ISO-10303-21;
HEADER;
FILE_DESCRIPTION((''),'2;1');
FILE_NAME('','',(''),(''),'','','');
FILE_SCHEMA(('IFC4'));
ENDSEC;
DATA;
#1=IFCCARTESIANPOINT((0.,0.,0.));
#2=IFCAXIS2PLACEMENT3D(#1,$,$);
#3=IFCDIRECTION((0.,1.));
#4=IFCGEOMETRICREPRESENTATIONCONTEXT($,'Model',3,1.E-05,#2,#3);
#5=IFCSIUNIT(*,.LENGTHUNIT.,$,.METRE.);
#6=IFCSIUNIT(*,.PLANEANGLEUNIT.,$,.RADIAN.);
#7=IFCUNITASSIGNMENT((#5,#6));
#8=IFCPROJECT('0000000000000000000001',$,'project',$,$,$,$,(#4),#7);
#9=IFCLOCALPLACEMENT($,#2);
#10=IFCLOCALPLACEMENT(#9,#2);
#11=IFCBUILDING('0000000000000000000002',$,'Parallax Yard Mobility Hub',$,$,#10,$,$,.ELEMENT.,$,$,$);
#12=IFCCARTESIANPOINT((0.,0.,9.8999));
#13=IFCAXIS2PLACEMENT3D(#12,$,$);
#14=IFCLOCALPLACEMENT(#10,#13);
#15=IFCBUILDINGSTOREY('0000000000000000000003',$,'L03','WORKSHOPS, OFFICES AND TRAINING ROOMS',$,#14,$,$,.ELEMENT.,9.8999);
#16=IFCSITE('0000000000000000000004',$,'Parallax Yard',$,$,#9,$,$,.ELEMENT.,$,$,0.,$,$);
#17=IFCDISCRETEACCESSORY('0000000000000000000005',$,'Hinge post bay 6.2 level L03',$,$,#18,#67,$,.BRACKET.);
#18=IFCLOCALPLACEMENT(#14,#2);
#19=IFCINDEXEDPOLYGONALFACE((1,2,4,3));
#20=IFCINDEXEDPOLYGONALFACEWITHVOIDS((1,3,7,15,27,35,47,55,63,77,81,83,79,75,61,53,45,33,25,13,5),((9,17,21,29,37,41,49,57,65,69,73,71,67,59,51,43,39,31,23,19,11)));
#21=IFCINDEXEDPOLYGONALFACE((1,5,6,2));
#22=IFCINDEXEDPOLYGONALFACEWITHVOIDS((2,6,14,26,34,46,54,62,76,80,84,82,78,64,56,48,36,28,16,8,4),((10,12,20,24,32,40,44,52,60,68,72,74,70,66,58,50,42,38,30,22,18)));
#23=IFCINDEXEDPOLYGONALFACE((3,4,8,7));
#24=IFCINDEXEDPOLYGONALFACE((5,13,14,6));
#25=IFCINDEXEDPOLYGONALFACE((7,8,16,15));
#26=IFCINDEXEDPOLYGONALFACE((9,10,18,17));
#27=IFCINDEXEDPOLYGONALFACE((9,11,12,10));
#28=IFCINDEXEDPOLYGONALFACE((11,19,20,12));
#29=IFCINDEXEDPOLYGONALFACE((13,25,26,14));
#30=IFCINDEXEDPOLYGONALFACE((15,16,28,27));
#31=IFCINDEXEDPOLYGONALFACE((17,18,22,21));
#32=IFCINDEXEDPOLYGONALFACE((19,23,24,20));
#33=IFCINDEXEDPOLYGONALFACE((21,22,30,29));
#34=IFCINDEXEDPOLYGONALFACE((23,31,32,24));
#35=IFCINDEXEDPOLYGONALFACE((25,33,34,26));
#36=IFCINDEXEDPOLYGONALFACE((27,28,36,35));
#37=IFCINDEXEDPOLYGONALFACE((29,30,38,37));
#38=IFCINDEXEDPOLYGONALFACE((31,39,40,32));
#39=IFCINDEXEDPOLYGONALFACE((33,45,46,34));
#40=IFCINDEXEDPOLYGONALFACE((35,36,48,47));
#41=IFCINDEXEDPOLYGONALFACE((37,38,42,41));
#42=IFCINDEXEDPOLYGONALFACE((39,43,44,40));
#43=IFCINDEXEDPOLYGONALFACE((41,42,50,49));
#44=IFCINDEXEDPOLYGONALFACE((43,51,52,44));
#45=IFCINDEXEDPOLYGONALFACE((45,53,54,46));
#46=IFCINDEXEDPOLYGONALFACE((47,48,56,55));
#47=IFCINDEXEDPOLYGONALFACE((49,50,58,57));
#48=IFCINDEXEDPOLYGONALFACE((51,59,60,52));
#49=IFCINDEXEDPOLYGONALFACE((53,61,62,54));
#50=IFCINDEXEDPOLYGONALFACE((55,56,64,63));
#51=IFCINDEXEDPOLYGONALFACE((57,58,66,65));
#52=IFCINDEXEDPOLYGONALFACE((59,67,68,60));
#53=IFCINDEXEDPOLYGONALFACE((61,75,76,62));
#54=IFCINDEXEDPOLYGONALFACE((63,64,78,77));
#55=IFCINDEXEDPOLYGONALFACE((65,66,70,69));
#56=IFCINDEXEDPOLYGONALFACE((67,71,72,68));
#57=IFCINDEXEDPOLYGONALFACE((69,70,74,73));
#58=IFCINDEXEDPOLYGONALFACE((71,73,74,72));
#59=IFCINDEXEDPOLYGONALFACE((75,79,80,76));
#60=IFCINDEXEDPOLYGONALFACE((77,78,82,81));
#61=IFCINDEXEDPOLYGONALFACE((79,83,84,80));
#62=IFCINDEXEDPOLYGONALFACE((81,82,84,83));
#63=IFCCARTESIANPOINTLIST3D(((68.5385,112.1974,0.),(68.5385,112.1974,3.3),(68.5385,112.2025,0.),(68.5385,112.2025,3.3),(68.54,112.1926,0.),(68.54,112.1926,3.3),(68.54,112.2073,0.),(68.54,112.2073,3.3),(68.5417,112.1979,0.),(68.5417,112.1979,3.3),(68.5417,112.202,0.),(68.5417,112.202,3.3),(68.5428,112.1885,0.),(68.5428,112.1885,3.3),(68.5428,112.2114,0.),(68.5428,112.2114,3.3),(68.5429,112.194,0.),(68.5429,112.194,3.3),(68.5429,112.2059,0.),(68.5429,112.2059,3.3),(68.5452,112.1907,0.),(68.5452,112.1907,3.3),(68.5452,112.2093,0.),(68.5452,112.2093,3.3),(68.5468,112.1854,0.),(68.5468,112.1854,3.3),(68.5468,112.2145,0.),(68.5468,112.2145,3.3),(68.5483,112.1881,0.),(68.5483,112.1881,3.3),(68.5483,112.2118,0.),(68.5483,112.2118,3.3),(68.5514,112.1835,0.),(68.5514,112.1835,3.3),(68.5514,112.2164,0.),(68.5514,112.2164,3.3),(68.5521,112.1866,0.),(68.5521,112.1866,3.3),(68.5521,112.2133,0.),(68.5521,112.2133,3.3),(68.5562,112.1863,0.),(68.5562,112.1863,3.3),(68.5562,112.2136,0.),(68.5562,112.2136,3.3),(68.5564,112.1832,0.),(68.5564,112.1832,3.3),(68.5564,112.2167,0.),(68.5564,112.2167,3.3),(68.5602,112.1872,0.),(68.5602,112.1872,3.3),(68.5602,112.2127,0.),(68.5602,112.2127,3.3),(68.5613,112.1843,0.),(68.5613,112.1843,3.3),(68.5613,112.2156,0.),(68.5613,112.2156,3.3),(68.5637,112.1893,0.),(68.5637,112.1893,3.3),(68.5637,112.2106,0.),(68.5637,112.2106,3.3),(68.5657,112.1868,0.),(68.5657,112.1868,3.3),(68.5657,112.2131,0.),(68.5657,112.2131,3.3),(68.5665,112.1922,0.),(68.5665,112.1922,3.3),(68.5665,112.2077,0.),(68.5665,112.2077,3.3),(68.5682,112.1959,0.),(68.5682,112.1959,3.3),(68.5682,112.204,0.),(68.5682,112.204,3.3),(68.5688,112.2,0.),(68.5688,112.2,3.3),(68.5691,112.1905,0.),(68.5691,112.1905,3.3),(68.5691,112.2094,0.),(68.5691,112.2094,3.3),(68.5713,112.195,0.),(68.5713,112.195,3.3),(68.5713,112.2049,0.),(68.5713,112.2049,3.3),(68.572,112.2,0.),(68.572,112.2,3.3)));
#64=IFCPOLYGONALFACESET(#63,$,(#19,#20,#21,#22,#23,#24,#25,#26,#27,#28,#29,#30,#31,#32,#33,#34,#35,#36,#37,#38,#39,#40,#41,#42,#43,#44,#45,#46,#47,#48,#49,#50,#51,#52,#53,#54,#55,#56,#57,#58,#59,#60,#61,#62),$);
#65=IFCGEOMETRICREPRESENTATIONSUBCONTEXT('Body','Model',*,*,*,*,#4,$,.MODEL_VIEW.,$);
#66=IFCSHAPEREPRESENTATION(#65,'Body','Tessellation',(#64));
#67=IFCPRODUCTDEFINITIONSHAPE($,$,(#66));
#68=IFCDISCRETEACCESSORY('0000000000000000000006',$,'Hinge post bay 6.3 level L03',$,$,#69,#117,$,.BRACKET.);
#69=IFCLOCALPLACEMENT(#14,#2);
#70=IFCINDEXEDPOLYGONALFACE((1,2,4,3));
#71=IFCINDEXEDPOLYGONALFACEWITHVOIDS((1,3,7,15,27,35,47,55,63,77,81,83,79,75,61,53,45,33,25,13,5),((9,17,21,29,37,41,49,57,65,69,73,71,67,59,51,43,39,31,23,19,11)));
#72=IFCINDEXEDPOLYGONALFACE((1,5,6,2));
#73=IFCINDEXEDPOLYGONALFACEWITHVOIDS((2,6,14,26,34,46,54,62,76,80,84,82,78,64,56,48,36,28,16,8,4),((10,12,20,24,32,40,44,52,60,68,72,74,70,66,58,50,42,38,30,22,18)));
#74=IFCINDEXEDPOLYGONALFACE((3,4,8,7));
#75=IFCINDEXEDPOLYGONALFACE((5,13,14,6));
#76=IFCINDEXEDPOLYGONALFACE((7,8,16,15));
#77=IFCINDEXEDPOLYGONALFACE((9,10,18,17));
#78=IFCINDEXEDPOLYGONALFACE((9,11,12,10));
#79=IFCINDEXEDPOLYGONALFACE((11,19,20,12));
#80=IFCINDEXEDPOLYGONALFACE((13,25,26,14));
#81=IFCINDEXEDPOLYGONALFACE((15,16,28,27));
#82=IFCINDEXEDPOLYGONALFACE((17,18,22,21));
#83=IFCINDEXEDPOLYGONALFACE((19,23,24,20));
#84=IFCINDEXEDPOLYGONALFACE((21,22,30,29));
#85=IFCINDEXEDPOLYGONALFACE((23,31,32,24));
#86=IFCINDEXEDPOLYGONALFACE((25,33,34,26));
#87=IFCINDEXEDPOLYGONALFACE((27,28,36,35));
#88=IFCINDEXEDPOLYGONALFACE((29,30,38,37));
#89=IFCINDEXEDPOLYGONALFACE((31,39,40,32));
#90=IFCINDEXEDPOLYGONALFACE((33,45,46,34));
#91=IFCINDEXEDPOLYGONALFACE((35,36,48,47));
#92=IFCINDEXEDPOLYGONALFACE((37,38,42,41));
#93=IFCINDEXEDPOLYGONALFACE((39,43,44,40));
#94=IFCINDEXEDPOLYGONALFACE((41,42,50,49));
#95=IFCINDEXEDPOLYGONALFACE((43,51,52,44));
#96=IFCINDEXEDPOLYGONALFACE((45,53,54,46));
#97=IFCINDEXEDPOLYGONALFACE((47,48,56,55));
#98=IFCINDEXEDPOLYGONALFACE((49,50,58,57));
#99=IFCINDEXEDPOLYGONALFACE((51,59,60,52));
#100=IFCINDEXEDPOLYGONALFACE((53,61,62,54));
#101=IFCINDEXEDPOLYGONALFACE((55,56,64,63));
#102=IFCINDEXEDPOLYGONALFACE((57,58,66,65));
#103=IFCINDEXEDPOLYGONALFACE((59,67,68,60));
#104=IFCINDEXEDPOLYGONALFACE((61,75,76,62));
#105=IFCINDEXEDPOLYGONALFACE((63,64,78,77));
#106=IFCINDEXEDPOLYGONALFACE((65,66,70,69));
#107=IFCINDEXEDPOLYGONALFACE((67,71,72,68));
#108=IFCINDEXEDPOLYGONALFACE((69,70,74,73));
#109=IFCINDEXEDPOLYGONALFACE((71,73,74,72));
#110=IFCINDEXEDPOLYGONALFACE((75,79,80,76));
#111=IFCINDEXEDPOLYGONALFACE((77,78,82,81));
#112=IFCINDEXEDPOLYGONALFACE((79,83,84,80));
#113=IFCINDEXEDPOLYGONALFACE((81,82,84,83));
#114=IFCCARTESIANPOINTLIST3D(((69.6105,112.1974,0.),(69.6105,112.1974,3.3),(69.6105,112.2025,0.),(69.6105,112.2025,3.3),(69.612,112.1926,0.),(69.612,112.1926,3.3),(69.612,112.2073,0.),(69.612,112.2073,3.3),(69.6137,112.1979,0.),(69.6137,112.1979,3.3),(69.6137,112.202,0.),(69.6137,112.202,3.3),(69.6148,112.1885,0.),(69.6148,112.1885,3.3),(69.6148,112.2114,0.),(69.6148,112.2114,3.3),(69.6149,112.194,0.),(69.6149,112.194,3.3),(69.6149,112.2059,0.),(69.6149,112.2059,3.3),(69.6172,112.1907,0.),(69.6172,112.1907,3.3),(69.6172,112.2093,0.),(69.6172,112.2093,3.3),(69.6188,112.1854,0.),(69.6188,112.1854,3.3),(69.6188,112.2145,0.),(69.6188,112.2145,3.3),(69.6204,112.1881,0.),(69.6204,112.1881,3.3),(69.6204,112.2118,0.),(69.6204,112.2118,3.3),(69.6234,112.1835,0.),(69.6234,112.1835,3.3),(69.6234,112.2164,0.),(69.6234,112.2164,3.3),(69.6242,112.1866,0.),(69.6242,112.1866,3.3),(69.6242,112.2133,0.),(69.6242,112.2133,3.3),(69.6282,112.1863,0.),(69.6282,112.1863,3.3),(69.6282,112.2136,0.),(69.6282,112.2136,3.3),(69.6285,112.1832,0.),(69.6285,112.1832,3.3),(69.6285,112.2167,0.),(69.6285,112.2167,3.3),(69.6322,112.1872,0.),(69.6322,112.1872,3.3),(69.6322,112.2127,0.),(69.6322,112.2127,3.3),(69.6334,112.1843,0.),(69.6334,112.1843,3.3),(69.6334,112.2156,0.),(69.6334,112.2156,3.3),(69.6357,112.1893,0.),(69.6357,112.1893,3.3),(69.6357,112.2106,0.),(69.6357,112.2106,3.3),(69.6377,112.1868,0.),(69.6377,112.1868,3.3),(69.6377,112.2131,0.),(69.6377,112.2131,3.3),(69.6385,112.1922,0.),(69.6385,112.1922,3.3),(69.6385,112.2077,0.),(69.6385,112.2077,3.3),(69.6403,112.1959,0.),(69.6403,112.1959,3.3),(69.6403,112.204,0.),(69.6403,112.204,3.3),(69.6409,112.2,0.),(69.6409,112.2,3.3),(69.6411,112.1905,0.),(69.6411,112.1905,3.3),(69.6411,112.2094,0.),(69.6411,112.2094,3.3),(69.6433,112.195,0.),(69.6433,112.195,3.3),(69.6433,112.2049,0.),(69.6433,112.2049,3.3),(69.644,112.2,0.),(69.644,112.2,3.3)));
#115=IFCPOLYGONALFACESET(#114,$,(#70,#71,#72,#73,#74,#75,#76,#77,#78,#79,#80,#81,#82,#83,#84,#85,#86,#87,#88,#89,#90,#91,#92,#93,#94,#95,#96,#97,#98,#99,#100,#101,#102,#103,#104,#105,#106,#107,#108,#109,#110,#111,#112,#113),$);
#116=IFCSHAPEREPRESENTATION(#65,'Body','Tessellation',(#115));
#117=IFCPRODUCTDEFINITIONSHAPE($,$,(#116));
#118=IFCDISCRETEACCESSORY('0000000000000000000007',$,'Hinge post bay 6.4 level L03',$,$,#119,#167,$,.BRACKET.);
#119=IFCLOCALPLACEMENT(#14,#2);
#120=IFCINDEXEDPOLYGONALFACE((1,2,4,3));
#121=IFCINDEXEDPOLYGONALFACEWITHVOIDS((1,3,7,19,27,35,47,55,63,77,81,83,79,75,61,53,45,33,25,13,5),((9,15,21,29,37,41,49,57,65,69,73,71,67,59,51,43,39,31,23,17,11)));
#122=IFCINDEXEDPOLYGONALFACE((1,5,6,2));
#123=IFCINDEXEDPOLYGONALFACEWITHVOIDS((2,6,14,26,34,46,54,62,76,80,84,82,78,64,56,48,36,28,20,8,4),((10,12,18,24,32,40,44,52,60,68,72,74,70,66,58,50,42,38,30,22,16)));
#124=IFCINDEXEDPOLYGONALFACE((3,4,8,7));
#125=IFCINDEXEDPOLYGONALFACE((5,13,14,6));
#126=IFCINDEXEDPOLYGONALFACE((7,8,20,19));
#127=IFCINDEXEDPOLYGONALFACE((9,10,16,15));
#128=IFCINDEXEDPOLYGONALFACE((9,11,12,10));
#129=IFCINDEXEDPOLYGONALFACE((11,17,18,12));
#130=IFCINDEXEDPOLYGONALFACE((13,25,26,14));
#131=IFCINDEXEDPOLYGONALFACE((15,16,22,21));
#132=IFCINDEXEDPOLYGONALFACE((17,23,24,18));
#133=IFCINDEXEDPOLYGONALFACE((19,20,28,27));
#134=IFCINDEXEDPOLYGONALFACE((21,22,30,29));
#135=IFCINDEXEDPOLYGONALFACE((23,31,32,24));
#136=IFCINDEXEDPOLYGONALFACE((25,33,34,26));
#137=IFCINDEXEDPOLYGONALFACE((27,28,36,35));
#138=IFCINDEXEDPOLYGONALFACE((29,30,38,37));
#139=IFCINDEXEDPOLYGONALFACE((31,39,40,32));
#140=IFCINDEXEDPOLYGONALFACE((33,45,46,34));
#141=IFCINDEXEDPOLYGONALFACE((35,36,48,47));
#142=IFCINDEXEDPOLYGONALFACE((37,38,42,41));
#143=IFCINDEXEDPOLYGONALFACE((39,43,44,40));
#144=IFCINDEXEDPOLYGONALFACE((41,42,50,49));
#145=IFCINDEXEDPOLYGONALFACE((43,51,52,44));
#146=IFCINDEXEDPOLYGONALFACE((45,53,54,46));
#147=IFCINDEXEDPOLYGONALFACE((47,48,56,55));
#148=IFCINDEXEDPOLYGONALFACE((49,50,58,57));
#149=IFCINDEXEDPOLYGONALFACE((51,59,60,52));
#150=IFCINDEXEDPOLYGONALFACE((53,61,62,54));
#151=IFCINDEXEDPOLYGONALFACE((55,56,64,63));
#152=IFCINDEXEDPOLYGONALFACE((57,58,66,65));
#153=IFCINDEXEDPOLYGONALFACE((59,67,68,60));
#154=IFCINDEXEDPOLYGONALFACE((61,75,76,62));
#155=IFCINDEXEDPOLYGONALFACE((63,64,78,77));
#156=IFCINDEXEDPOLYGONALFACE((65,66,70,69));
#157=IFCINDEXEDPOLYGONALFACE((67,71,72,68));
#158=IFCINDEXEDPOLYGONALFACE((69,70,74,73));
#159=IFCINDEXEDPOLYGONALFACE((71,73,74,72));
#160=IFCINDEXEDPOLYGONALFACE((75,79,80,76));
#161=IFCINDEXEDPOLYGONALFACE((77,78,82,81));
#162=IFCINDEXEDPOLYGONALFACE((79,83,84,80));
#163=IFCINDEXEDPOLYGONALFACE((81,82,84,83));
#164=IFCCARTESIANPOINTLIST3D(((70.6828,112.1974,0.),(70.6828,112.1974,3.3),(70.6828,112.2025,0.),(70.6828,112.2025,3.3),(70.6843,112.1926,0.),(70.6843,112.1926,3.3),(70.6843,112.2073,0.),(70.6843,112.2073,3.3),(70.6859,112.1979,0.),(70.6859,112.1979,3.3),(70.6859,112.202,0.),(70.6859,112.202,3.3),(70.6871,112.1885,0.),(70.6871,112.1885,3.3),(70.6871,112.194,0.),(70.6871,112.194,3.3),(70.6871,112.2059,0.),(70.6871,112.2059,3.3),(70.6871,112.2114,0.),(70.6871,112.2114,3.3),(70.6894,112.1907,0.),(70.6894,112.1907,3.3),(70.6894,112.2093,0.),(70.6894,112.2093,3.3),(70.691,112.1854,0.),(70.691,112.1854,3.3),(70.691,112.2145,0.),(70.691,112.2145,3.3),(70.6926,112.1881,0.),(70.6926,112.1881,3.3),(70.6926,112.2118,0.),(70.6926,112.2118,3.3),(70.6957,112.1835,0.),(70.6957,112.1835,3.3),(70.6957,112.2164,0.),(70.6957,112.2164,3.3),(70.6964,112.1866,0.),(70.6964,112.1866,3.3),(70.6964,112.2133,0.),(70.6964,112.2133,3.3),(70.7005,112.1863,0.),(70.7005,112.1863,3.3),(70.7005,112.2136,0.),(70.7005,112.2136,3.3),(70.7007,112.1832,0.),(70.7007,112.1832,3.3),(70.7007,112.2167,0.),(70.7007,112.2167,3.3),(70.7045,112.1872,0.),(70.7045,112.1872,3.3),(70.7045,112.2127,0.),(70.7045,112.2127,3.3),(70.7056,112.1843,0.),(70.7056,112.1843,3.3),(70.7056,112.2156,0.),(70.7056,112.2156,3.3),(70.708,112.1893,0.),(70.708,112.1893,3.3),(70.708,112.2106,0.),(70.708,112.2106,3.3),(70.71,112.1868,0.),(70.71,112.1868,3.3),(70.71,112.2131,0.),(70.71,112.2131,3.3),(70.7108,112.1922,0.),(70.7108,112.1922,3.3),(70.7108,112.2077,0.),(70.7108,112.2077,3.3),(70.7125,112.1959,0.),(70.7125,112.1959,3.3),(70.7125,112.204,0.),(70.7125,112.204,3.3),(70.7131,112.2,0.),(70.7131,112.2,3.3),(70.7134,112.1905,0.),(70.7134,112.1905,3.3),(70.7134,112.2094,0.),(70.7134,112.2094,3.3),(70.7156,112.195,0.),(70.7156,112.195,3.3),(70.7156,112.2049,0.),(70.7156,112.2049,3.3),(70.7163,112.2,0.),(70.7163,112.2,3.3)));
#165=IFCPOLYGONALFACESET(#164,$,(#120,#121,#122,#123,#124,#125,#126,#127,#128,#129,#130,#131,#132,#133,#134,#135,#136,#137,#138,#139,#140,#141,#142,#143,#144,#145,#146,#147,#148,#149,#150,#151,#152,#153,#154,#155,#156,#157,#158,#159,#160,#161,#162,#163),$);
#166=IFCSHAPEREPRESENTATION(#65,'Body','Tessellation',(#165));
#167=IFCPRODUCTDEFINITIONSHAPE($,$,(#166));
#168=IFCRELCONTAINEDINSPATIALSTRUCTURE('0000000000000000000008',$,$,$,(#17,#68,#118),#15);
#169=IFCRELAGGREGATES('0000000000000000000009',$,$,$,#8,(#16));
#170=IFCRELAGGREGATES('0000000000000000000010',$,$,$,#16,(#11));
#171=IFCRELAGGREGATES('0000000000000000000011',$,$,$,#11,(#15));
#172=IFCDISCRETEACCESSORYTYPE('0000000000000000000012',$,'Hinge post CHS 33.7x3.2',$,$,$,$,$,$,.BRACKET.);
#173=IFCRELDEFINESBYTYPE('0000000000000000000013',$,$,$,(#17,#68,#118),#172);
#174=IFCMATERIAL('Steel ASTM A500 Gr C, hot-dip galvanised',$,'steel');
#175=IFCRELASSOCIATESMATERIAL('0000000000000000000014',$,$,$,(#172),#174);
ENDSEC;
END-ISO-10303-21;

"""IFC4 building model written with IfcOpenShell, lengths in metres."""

from ifc_helpers import new_model, si_unit, direction, frame, origin, origin_2d, place, context, subcontext, project, spatial, hollow_circle, extrude, material, material_profile, profile_set, type_object, element, save


model = new_model("IFC4")

# Units and contexts
model_context = context("Model", 3, precision=1e-05, world=origin(), true_north=direction((0.0, 1.0)))
body_context = subcontext(model_context, "Body", "Model", "MODEL_VIEW")
ifc_project = project(units=[si_unit("LENGTHUNIT", "METRE"), si_unit("PLANEANGLEUNIT", "RADIAN")], contexts=[model_context])

# Site, building, storey
site_placement = place(None, origin())
site = spatial("IfcSite", under=ifc_project, at=site_placement, Name="Parallax Yard", CompositionType="ELEMENT", RefElevation=0.0)
building_placement = place(site_placement, origin())
building = spatial("IfcBuilding", under=site, at=building_placement, Name="Parallax Yard Mobility Hub", CompositionType="ELEMENT")
storey_placement = place(building_placement, frame((0.0, 0.0, 9.8999)))
storey = spatial("IfcBuildingStorey", under=building, at=storey_placement, Name="L03", Description="WORKSHOPS, OFFICES AND TRAINING ROOMS", CompositionType="ELEMENT", Elevation=9.8999)

# Discrete accessories
ifc_material_1 = material(Name="Steel ASTM A500 Gr C, hot-dip galvanised", Category="steel")
ifc_material_profile = material_profile(ifc_material_1, hollow_circle(Radius=0.0168, WallThickness=0.0032, at=origin_2d()), Name="CHS 33.7x3.2")
ifc_profile_set = profile_set([ifc_material_profile], Name="Steel ASTM A500 Gr C, hot-dip galvanised")
discrete_accessory_type_1 = type_object("IfcDiscreteAccessoryType", Name="Hinge post CHS 33.7x3.2", PredefinedType="BRACKET", material=ifc_profile_set)
for number, where, z_axis, x_axis, name in (
    (1, (68.5552, 112.2, 0.0), (0.0, 0.0, 1.0), (1.0, 0.0, 0.0), "Hinge post bay 6.2 level L03"),
    (2, (69.6272, 112.2, 0.0), (0.0, 0.0, 1.0), (1.0, 0.0, 0.0), "Hinge post bay 6.3 level L03"),
    (3, (70.6995, 112.2, 0.0), (0.0, 0.0, 1.0), (1.0, 0.0, 0.0), "Hinge post bay 6.4 level L03"),
):
    element("IfcDiscreteAccessory", number, at=place(storey_placement, frame(where, z_axis=z_axis, x_axis=x_axis)), inside=storey, type_object=discrete_accessory_type_1, Name=name, PredefinedType="BRACKET", context=body_context, shape_type="SweptSolid", body=[
        extrude(hollow_circle(Radius=0.0168, WallThickness=0.0032, at=origin_2d()), origin(), (0.0, 0.0, 1.0), 3.3),
    ])

save(model, "model.ifc")
